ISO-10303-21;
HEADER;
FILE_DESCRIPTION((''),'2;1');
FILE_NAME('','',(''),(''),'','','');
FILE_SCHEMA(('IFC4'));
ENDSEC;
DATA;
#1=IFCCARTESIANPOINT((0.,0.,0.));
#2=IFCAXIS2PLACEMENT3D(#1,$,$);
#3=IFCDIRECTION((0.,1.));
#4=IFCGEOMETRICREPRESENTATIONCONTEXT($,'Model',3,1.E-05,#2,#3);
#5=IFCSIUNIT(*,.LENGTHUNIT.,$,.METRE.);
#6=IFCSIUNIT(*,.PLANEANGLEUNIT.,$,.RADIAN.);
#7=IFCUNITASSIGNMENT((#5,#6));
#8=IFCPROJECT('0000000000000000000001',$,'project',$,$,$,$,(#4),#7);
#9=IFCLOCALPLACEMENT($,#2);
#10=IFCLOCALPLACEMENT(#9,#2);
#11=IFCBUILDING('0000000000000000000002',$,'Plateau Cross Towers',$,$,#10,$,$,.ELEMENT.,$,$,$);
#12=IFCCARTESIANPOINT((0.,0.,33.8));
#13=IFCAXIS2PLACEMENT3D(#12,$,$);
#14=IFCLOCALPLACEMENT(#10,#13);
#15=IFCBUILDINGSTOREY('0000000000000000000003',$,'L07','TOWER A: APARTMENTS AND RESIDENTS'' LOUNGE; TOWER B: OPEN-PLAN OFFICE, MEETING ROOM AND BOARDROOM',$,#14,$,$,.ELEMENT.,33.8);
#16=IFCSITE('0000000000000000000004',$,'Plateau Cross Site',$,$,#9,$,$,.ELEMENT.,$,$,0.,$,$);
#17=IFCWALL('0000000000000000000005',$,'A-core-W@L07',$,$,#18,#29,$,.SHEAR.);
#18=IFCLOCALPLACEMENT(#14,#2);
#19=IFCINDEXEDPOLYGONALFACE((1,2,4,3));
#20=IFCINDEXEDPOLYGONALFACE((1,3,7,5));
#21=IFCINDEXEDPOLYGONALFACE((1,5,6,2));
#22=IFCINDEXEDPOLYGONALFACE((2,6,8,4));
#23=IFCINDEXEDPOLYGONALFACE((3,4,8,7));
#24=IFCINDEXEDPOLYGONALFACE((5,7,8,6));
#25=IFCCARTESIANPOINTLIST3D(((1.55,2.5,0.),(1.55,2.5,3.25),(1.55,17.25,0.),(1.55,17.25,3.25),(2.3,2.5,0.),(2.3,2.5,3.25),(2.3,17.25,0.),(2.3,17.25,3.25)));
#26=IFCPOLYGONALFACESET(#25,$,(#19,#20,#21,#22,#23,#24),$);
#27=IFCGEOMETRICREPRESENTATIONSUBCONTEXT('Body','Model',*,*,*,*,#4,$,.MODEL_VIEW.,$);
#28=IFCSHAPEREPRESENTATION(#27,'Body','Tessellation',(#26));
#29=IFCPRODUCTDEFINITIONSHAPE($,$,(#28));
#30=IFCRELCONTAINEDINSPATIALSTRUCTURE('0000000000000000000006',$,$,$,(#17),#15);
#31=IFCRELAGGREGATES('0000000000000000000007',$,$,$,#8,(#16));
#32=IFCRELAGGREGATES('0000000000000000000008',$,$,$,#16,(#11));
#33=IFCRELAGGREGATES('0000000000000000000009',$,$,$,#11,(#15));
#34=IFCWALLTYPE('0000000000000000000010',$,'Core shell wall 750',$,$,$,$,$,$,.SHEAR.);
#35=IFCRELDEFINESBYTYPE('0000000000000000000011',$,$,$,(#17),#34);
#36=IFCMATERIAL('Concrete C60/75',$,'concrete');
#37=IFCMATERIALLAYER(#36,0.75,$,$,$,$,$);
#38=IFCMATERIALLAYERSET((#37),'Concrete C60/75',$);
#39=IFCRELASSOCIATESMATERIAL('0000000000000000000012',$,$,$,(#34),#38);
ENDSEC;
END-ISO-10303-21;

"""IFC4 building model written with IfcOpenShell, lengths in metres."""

from ifc_helpers import new_model, si_unit, direction, frame, frame_2d, origin, place, context, subcontext, project, spatial, rectangle, extrude, material, layer, layer_set, type_object, element, save


model = new_model("IFC4")

# Units and contexts
model_context = context("Model", 3, precision=1e-05, world=origin(), true_north=direction((0.0, 1.0)))
body_context = subcontext(model_context, "Body", "Model", "MODEL_VIEW")
ifc_project = project(units=[si_unit("LENGTHUNIT", "METRE"), si_unit("PLANEANGLEUNIT", "RADIAN")], contexts=[model_context])

# Site, building, storey
site_placement = place(None, origin())
site = spatial("IfcSite", under=ifc_project, at=site_placement, Name="Plateau Cross Site", CompositionType="ELEMENT", RefElevation=0.0)
building_placement = place(site_placement, origin())
building = spatial("IfcBuilding", under=site, at=building_placement, Name="Plateau Cross Towers", CompositionType="ELEMENT")
storey_placement = place(building_placement, frame((0.0, 0.0, 33.8)))
storey = spatial("IfcBuildingStorey", under=building, at=storey_placement, Name="L07", Description="TOWER A: APARTMENTS AND RESIDENTS' LOUNGE; TOWER B: OPEN-PLAN OFFICE, MEETING ROOM AND BOARDROOM", CompositionType="ELEMENT", Elevation=33.8)

# Shared definitions
ifc_material_1 = material(Name="Concrete C60/75", Category="concrete")

# Wall
ifc_layer_1 = layer(ifc_material_1, 0.75)
ifc_layer_set_1 = layer_set([ifc_layer_1], Name="Concrete C60/75")
wall_type_1 = type_object("IfcWallType", Name="Core shell wall 750", PredefinedType="SHEAR", material=ifc_layer_set_1)
wall_1_placement = place(storey_placement, frame((1.925, 2.5, 0.0), z_axis=(0.0, 0.0, 1.0), x_axis=(0.0, 1.0, 0.0)))
element("IfcWall", 1, at=wall_1_placement, inside=storey, type_object=wall_type_1, Name="A-core-W@L07", PredefinedType="SHEAR", context=body_context, shape_type="SweptSolid", body=[
    extrude(rectangle(XDim=14.75, YDim=0.75, at=frame_2d((7.375, 0.0))), origin(), (0.0, 0.0, 1.0), 3.25),
])

save(model, "model.ifc")
